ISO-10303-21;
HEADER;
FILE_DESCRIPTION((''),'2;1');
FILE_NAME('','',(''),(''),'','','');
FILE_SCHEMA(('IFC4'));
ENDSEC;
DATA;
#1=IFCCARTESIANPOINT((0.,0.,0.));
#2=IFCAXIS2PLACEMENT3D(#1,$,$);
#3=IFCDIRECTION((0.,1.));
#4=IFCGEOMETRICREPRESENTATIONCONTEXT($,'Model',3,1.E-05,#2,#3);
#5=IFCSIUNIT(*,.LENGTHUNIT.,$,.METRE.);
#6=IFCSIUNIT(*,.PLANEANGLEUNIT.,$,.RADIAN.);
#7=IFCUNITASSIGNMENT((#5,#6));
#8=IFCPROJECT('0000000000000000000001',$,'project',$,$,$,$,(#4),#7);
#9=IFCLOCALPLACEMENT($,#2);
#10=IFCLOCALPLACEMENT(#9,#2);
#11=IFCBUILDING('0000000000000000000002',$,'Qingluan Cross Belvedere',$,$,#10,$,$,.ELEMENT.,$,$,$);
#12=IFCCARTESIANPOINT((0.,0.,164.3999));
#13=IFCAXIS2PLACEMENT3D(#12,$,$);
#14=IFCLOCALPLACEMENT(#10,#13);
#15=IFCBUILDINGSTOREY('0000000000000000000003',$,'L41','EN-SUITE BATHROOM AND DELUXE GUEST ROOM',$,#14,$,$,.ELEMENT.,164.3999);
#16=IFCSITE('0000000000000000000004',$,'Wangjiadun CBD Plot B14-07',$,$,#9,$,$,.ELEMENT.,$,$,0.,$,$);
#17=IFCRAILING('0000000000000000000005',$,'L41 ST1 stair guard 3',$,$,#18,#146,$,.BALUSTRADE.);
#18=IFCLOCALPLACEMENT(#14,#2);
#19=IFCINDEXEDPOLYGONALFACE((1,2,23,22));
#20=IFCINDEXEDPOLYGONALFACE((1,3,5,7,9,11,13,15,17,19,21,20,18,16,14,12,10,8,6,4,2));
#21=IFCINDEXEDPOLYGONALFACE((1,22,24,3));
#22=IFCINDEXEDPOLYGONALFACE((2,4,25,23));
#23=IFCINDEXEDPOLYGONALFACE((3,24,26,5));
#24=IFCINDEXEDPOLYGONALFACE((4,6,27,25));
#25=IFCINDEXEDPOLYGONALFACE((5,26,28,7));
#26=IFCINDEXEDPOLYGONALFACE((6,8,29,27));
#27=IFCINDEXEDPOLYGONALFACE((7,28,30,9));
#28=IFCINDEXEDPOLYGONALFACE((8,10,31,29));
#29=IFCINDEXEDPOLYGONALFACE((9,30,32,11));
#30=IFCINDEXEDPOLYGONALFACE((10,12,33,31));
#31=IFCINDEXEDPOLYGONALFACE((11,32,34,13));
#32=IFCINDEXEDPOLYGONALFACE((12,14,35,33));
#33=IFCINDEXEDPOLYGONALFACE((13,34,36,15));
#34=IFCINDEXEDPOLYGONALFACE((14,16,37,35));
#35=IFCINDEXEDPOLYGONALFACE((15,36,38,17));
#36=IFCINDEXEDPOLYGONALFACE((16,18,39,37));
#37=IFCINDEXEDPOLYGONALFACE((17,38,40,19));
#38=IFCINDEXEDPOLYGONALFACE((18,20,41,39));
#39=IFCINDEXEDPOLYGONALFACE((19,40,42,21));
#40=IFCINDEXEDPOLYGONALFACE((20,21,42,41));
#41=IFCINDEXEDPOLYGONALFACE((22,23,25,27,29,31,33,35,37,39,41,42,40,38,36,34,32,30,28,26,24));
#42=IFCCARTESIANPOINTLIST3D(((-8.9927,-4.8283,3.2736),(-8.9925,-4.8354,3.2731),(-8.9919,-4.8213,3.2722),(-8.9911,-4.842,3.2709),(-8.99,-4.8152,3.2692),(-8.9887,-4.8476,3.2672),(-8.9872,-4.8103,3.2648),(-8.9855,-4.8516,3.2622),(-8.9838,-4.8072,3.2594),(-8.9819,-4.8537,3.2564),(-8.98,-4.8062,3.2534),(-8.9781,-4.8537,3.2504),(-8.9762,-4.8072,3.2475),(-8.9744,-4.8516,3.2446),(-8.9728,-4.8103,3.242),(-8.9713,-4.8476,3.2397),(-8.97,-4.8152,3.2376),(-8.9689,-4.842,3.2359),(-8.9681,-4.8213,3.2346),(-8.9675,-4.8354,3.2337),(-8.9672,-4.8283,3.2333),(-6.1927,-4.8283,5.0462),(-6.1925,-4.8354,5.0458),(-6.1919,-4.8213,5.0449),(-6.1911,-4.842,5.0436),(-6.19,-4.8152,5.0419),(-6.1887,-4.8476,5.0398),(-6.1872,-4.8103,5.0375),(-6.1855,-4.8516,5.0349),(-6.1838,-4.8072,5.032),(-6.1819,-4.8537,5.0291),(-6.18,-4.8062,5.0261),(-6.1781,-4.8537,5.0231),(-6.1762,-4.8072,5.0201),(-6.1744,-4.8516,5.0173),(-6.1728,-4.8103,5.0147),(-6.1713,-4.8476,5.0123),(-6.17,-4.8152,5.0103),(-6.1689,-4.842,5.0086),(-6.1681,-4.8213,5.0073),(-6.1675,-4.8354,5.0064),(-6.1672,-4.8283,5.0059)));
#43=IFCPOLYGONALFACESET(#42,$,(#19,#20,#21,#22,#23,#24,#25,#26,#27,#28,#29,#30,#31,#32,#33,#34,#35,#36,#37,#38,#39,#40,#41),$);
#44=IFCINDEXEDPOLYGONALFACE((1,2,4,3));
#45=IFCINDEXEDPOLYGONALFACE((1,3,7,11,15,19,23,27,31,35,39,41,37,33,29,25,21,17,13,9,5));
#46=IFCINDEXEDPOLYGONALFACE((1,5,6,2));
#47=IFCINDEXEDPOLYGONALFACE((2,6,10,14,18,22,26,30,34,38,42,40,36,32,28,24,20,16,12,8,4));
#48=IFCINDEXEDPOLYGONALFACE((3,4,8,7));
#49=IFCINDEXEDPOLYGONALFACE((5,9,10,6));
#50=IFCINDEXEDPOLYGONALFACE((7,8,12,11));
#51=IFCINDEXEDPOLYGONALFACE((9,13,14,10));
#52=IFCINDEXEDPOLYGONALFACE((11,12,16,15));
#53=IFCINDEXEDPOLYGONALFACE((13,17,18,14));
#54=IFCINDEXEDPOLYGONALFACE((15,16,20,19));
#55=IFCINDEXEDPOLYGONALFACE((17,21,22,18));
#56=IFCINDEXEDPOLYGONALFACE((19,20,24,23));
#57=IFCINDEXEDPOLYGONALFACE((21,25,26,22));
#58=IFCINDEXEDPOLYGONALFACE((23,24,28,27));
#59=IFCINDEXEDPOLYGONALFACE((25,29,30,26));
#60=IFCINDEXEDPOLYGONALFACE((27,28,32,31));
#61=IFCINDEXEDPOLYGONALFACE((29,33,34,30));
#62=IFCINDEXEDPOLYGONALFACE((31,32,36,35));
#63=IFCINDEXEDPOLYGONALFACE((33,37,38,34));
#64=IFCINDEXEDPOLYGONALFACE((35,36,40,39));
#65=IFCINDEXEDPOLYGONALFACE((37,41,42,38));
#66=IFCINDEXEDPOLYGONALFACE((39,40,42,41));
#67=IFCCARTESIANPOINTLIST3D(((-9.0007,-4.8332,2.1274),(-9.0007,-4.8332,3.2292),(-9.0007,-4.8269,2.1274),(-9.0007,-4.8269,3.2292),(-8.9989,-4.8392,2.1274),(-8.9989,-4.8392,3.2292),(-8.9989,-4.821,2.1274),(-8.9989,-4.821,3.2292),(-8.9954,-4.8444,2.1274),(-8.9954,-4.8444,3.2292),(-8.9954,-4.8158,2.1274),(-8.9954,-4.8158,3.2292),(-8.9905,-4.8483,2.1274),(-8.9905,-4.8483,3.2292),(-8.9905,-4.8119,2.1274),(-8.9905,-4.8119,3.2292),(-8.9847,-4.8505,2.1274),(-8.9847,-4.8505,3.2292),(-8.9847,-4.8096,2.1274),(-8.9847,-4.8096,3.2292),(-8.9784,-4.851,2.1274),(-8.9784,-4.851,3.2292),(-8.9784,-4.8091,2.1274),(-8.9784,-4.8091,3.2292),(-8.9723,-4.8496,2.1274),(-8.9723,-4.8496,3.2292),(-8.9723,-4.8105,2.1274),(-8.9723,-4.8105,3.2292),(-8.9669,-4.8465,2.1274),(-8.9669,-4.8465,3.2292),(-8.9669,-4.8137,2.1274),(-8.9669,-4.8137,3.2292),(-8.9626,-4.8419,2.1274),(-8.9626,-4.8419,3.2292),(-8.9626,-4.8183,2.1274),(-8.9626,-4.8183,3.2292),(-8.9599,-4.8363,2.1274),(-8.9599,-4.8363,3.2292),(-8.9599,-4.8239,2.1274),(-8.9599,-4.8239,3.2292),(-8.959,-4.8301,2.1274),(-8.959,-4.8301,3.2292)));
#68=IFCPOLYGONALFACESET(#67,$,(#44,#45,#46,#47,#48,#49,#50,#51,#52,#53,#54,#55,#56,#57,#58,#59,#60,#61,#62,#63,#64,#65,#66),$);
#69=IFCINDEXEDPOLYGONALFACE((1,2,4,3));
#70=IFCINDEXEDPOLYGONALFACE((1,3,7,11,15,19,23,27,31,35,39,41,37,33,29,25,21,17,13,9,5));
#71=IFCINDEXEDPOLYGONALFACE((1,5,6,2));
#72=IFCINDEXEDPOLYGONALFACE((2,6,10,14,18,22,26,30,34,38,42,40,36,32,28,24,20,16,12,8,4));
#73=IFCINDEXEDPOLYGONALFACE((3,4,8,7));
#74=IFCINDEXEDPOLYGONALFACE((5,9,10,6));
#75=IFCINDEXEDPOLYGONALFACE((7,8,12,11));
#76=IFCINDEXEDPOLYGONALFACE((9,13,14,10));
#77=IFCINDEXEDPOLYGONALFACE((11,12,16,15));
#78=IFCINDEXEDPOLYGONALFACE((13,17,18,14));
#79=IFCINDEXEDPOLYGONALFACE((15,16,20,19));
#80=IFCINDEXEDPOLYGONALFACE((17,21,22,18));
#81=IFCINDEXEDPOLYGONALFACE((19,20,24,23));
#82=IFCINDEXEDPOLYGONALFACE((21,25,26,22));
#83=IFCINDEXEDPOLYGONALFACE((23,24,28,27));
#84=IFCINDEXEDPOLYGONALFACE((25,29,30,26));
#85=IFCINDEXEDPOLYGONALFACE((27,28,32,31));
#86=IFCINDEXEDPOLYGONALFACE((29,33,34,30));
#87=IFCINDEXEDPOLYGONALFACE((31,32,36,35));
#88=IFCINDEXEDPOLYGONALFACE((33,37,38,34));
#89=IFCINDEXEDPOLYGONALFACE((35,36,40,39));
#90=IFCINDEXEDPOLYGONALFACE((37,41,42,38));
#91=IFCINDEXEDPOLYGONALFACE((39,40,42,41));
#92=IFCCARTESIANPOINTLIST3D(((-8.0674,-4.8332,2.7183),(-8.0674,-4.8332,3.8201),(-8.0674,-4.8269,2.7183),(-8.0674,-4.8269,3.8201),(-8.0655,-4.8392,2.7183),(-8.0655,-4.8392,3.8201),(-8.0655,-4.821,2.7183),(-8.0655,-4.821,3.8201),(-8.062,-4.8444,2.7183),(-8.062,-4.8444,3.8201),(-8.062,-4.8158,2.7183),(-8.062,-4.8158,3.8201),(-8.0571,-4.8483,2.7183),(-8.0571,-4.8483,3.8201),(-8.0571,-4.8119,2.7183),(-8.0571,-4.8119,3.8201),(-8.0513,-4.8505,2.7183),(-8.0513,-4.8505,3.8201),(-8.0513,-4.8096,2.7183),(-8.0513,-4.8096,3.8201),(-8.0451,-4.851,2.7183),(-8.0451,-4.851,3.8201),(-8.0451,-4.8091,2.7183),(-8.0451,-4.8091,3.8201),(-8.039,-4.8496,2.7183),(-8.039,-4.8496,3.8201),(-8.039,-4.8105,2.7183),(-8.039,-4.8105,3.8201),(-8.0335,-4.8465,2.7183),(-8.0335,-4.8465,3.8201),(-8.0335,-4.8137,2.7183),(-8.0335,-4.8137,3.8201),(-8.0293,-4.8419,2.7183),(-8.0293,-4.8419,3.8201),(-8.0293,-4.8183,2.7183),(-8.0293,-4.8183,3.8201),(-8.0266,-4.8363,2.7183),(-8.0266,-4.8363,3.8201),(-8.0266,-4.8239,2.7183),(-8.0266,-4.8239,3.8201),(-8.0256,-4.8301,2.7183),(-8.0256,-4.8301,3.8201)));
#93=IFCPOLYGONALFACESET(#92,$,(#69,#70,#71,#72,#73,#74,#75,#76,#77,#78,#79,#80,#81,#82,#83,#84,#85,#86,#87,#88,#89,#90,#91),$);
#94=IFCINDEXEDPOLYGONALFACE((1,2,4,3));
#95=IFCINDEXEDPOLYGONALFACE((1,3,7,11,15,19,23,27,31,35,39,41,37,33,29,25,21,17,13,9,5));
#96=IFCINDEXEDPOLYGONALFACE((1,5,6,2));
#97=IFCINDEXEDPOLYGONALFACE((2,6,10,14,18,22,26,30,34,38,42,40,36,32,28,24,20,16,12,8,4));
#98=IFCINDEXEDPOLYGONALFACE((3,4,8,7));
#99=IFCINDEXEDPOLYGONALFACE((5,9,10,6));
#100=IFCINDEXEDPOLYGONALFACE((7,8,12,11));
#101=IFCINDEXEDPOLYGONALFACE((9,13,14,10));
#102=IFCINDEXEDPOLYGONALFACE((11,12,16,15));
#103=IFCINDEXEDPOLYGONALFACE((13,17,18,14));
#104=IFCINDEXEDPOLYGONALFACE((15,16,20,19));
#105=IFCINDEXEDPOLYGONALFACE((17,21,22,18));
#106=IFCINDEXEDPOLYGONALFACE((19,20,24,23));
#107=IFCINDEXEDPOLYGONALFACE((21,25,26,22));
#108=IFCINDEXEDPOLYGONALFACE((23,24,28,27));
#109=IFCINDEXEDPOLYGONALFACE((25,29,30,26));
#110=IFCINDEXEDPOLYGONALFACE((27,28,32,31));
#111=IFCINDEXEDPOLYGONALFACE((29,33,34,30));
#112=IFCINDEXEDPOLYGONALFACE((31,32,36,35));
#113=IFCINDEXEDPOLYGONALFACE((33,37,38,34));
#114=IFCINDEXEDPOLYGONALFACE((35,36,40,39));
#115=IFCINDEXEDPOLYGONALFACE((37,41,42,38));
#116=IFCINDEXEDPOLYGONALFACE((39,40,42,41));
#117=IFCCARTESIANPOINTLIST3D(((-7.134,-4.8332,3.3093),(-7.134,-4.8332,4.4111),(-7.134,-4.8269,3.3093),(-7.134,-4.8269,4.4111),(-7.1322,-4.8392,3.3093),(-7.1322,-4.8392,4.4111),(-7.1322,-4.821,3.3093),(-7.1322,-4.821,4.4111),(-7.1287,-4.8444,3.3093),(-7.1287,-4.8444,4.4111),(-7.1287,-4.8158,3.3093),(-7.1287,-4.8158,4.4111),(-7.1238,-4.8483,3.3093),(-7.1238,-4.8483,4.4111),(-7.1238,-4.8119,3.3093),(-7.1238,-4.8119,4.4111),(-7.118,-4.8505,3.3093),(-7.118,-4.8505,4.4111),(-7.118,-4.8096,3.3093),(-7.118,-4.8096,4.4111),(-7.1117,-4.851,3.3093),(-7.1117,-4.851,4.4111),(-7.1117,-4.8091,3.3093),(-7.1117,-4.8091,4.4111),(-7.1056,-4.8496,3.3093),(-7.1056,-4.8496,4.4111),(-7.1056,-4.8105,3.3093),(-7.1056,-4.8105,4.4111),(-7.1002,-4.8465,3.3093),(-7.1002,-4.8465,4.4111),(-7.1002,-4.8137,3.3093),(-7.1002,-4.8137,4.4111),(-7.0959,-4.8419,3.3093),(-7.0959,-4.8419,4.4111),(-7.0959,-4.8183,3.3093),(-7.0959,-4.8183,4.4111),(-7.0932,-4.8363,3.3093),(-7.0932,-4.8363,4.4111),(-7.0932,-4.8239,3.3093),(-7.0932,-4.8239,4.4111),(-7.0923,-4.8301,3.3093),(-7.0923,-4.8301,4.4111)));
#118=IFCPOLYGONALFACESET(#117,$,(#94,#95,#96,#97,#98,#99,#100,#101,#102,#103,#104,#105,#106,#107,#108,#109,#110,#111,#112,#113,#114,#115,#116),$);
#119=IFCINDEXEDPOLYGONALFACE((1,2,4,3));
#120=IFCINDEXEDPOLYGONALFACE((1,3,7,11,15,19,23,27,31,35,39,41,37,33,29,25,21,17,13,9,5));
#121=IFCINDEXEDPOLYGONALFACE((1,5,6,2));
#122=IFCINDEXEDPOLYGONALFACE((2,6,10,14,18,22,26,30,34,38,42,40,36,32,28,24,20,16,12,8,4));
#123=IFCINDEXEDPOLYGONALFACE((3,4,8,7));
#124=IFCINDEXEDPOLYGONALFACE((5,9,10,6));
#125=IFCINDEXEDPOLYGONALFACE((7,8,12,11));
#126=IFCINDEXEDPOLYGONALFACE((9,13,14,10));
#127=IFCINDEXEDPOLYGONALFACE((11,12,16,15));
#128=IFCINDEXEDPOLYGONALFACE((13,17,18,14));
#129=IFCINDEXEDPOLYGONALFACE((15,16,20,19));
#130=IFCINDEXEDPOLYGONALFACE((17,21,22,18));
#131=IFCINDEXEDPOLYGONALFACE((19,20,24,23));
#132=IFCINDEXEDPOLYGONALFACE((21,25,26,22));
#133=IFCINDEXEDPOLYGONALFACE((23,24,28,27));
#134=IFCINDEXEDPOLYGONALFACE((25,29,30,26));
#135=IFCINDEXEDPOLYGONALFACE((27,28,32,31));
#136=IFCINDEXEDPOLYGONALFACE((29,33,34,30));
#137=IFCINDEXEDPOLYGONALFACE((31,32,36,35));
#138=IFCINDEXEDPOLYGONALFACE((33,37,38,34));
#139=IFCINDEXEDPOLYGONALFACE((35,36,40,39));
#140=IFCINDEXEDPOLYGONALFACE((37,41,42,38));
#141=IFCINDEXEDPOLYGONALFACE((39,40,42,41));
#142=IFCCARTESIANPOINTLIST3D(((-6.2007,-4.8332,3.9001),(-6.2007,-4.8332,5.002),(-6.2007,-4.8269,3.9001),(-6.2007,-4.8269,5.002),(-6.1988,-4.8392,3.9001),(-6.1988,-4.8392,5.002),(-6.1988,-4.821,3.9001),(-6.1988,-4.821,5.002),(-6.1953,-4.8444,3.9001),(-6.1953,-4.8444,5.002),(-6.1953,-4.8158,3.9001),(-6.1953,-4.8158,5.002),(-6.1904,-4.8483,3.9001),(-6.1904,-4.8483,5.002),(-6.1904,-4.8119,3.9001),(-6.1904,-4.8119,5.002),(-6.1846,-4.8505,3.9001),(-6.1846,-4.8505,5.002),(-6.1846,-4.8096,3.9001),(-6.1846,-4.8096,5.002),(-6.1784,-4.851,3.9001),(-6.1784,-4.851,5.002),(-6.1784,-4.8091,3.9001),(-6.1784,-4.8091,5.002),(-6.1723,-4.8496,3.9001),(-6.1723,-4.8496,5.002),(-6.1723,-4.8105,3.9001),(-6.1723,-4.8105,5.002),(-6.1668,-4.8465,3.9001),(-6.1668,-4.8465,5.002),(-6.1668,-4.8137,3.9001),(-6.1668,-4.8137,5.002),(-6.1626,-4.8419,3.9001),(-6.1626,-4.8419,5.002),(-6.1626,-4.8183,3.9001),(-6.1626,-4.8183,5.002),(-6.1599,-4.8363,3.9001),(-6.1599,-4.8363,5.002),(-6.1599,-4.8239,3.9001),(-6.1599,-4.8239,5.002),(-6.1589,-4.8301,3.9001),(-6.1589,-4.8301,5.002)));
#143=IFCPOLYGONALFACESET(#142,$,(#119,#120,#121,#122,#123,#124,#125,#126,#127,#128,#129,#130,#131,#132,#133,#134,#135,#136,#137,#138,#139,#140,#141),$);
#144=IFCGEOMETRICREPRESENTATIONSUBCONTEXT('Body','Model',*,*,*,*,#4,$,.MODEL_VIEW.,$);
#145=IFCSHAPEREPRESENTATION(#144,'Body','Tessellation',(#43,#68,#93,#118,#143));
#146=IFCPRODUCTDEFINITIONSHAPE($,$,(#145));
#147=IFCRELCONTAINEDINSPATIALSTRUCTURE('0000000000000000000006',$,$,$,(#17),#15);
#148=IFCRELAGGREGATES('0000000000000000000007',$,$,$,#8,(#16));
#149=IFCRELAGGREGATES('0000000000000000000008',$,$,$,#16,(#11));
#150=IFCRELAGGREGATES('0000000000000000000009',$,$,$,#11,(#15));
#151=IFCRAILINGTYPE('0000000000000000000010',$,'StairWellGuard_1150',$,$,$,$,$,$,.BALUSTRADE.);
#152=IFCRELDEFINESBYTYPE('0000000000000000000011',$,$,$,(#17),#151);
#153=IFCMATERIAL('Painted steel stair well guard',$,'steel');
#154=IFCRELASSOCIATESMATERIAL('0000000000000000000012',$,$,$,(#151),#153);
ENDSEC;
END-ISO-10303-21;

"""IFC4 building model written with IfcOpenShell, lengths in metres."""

from ifc_helpers import new_model, si_unit, direction, frame, origin, origin_2d, place, context, subcontext, project, spatial, circle, extrude, material, type_object, element, save


model = new_model("IFC4")

# Units and contexts
model_context = context("Model", 3, precision=1e-05, world=origin(), true_north=direction((0.0, 1.0)))
body_context = subcontext(model_context, "Body", "Model", "MODEL_VIEW")
ifc_project = project(units=[si_unit("LENGTHUNIT", "METRE"), si_unit("PLANEANGLEUNIT", "RADIAN")], contexts=[model_context])

# Site, building, storey
site_placement = place(None, origin())
site = spatial("IfcSite", under=ifc_project, at=site_placement, Name="Wangjiadun CBD Plot B14-07", CompositionType="ELEMENT", RefElevation=0.0)
building_placement = place(site_placement, origin())
building = spatial("IfcBuilding", under=site, at=building_placement, Name="Qingluan Cross Belvedere", CompositionType="ELEMENT")
storey_placement = place(building_placement, frame((0.0, 0.0, 164.3999)))
storey = spatial("IfcBuildingStorey", under=building, at=storey_placement, Name="L41", Description="EN-SUITE BATHROOM AND DELUXE GUEST ROOM", CompositionType="ELEMENT", Elevation=164.3999)

# Railing
ifc_material_1 = material(Name="Painted steel stair well guard", Category="steel")
railing_type_1 = type_object("IfcRailingType", Name="StairWellGuard_1150", PredefinedType="BALUSTRADE", material=ifc_material_1)
railing_1_placement = place(storey_placement, frame((-8.98, -4.8301, 2.1274)))
element("IfcRailing", 1, at=railing_1_placement, inside=storey, type_object=railing_type_1, Name="L41 ST1 stair guard 3", PredefinedType="BALUSTRADE", context=body_context, shape_type="SweptSolid", body=[
    extrude(circle(Radius=0.0239, at=origin_2d()), frame((0.0, 0.0, 1.126), z_axis=(0.844909, 0.0, 0.53491), x_axis=(0.0, 1.0, 0.0)), (0.0, 0.0, 1.0), 3.314),
    extrude(circle(Radius=0.021, at=origin_2d()), origin(), (0.0, 0.0, 1.0), 1.1018),
    extrude(circle(Radius=0.021, at=origin_2d()), frame((0.9333, 0.0, 0.5908)), (0.0, 0.0, 1.0), 1.1018),
    extrude(circle(Radius=0.021, at=origin_2d()), frame((1.8667, 0.0, 1.1819)), (0.0, 0.0, 1.0), 1.1018),
    extrude(circle(Radius=0.021, at=origin_2d()), frame((2.8, 0.0, 1.7727)), (0.0, 0.0, 1.0), 1.1018),
])

save(model, "model.ifc")
